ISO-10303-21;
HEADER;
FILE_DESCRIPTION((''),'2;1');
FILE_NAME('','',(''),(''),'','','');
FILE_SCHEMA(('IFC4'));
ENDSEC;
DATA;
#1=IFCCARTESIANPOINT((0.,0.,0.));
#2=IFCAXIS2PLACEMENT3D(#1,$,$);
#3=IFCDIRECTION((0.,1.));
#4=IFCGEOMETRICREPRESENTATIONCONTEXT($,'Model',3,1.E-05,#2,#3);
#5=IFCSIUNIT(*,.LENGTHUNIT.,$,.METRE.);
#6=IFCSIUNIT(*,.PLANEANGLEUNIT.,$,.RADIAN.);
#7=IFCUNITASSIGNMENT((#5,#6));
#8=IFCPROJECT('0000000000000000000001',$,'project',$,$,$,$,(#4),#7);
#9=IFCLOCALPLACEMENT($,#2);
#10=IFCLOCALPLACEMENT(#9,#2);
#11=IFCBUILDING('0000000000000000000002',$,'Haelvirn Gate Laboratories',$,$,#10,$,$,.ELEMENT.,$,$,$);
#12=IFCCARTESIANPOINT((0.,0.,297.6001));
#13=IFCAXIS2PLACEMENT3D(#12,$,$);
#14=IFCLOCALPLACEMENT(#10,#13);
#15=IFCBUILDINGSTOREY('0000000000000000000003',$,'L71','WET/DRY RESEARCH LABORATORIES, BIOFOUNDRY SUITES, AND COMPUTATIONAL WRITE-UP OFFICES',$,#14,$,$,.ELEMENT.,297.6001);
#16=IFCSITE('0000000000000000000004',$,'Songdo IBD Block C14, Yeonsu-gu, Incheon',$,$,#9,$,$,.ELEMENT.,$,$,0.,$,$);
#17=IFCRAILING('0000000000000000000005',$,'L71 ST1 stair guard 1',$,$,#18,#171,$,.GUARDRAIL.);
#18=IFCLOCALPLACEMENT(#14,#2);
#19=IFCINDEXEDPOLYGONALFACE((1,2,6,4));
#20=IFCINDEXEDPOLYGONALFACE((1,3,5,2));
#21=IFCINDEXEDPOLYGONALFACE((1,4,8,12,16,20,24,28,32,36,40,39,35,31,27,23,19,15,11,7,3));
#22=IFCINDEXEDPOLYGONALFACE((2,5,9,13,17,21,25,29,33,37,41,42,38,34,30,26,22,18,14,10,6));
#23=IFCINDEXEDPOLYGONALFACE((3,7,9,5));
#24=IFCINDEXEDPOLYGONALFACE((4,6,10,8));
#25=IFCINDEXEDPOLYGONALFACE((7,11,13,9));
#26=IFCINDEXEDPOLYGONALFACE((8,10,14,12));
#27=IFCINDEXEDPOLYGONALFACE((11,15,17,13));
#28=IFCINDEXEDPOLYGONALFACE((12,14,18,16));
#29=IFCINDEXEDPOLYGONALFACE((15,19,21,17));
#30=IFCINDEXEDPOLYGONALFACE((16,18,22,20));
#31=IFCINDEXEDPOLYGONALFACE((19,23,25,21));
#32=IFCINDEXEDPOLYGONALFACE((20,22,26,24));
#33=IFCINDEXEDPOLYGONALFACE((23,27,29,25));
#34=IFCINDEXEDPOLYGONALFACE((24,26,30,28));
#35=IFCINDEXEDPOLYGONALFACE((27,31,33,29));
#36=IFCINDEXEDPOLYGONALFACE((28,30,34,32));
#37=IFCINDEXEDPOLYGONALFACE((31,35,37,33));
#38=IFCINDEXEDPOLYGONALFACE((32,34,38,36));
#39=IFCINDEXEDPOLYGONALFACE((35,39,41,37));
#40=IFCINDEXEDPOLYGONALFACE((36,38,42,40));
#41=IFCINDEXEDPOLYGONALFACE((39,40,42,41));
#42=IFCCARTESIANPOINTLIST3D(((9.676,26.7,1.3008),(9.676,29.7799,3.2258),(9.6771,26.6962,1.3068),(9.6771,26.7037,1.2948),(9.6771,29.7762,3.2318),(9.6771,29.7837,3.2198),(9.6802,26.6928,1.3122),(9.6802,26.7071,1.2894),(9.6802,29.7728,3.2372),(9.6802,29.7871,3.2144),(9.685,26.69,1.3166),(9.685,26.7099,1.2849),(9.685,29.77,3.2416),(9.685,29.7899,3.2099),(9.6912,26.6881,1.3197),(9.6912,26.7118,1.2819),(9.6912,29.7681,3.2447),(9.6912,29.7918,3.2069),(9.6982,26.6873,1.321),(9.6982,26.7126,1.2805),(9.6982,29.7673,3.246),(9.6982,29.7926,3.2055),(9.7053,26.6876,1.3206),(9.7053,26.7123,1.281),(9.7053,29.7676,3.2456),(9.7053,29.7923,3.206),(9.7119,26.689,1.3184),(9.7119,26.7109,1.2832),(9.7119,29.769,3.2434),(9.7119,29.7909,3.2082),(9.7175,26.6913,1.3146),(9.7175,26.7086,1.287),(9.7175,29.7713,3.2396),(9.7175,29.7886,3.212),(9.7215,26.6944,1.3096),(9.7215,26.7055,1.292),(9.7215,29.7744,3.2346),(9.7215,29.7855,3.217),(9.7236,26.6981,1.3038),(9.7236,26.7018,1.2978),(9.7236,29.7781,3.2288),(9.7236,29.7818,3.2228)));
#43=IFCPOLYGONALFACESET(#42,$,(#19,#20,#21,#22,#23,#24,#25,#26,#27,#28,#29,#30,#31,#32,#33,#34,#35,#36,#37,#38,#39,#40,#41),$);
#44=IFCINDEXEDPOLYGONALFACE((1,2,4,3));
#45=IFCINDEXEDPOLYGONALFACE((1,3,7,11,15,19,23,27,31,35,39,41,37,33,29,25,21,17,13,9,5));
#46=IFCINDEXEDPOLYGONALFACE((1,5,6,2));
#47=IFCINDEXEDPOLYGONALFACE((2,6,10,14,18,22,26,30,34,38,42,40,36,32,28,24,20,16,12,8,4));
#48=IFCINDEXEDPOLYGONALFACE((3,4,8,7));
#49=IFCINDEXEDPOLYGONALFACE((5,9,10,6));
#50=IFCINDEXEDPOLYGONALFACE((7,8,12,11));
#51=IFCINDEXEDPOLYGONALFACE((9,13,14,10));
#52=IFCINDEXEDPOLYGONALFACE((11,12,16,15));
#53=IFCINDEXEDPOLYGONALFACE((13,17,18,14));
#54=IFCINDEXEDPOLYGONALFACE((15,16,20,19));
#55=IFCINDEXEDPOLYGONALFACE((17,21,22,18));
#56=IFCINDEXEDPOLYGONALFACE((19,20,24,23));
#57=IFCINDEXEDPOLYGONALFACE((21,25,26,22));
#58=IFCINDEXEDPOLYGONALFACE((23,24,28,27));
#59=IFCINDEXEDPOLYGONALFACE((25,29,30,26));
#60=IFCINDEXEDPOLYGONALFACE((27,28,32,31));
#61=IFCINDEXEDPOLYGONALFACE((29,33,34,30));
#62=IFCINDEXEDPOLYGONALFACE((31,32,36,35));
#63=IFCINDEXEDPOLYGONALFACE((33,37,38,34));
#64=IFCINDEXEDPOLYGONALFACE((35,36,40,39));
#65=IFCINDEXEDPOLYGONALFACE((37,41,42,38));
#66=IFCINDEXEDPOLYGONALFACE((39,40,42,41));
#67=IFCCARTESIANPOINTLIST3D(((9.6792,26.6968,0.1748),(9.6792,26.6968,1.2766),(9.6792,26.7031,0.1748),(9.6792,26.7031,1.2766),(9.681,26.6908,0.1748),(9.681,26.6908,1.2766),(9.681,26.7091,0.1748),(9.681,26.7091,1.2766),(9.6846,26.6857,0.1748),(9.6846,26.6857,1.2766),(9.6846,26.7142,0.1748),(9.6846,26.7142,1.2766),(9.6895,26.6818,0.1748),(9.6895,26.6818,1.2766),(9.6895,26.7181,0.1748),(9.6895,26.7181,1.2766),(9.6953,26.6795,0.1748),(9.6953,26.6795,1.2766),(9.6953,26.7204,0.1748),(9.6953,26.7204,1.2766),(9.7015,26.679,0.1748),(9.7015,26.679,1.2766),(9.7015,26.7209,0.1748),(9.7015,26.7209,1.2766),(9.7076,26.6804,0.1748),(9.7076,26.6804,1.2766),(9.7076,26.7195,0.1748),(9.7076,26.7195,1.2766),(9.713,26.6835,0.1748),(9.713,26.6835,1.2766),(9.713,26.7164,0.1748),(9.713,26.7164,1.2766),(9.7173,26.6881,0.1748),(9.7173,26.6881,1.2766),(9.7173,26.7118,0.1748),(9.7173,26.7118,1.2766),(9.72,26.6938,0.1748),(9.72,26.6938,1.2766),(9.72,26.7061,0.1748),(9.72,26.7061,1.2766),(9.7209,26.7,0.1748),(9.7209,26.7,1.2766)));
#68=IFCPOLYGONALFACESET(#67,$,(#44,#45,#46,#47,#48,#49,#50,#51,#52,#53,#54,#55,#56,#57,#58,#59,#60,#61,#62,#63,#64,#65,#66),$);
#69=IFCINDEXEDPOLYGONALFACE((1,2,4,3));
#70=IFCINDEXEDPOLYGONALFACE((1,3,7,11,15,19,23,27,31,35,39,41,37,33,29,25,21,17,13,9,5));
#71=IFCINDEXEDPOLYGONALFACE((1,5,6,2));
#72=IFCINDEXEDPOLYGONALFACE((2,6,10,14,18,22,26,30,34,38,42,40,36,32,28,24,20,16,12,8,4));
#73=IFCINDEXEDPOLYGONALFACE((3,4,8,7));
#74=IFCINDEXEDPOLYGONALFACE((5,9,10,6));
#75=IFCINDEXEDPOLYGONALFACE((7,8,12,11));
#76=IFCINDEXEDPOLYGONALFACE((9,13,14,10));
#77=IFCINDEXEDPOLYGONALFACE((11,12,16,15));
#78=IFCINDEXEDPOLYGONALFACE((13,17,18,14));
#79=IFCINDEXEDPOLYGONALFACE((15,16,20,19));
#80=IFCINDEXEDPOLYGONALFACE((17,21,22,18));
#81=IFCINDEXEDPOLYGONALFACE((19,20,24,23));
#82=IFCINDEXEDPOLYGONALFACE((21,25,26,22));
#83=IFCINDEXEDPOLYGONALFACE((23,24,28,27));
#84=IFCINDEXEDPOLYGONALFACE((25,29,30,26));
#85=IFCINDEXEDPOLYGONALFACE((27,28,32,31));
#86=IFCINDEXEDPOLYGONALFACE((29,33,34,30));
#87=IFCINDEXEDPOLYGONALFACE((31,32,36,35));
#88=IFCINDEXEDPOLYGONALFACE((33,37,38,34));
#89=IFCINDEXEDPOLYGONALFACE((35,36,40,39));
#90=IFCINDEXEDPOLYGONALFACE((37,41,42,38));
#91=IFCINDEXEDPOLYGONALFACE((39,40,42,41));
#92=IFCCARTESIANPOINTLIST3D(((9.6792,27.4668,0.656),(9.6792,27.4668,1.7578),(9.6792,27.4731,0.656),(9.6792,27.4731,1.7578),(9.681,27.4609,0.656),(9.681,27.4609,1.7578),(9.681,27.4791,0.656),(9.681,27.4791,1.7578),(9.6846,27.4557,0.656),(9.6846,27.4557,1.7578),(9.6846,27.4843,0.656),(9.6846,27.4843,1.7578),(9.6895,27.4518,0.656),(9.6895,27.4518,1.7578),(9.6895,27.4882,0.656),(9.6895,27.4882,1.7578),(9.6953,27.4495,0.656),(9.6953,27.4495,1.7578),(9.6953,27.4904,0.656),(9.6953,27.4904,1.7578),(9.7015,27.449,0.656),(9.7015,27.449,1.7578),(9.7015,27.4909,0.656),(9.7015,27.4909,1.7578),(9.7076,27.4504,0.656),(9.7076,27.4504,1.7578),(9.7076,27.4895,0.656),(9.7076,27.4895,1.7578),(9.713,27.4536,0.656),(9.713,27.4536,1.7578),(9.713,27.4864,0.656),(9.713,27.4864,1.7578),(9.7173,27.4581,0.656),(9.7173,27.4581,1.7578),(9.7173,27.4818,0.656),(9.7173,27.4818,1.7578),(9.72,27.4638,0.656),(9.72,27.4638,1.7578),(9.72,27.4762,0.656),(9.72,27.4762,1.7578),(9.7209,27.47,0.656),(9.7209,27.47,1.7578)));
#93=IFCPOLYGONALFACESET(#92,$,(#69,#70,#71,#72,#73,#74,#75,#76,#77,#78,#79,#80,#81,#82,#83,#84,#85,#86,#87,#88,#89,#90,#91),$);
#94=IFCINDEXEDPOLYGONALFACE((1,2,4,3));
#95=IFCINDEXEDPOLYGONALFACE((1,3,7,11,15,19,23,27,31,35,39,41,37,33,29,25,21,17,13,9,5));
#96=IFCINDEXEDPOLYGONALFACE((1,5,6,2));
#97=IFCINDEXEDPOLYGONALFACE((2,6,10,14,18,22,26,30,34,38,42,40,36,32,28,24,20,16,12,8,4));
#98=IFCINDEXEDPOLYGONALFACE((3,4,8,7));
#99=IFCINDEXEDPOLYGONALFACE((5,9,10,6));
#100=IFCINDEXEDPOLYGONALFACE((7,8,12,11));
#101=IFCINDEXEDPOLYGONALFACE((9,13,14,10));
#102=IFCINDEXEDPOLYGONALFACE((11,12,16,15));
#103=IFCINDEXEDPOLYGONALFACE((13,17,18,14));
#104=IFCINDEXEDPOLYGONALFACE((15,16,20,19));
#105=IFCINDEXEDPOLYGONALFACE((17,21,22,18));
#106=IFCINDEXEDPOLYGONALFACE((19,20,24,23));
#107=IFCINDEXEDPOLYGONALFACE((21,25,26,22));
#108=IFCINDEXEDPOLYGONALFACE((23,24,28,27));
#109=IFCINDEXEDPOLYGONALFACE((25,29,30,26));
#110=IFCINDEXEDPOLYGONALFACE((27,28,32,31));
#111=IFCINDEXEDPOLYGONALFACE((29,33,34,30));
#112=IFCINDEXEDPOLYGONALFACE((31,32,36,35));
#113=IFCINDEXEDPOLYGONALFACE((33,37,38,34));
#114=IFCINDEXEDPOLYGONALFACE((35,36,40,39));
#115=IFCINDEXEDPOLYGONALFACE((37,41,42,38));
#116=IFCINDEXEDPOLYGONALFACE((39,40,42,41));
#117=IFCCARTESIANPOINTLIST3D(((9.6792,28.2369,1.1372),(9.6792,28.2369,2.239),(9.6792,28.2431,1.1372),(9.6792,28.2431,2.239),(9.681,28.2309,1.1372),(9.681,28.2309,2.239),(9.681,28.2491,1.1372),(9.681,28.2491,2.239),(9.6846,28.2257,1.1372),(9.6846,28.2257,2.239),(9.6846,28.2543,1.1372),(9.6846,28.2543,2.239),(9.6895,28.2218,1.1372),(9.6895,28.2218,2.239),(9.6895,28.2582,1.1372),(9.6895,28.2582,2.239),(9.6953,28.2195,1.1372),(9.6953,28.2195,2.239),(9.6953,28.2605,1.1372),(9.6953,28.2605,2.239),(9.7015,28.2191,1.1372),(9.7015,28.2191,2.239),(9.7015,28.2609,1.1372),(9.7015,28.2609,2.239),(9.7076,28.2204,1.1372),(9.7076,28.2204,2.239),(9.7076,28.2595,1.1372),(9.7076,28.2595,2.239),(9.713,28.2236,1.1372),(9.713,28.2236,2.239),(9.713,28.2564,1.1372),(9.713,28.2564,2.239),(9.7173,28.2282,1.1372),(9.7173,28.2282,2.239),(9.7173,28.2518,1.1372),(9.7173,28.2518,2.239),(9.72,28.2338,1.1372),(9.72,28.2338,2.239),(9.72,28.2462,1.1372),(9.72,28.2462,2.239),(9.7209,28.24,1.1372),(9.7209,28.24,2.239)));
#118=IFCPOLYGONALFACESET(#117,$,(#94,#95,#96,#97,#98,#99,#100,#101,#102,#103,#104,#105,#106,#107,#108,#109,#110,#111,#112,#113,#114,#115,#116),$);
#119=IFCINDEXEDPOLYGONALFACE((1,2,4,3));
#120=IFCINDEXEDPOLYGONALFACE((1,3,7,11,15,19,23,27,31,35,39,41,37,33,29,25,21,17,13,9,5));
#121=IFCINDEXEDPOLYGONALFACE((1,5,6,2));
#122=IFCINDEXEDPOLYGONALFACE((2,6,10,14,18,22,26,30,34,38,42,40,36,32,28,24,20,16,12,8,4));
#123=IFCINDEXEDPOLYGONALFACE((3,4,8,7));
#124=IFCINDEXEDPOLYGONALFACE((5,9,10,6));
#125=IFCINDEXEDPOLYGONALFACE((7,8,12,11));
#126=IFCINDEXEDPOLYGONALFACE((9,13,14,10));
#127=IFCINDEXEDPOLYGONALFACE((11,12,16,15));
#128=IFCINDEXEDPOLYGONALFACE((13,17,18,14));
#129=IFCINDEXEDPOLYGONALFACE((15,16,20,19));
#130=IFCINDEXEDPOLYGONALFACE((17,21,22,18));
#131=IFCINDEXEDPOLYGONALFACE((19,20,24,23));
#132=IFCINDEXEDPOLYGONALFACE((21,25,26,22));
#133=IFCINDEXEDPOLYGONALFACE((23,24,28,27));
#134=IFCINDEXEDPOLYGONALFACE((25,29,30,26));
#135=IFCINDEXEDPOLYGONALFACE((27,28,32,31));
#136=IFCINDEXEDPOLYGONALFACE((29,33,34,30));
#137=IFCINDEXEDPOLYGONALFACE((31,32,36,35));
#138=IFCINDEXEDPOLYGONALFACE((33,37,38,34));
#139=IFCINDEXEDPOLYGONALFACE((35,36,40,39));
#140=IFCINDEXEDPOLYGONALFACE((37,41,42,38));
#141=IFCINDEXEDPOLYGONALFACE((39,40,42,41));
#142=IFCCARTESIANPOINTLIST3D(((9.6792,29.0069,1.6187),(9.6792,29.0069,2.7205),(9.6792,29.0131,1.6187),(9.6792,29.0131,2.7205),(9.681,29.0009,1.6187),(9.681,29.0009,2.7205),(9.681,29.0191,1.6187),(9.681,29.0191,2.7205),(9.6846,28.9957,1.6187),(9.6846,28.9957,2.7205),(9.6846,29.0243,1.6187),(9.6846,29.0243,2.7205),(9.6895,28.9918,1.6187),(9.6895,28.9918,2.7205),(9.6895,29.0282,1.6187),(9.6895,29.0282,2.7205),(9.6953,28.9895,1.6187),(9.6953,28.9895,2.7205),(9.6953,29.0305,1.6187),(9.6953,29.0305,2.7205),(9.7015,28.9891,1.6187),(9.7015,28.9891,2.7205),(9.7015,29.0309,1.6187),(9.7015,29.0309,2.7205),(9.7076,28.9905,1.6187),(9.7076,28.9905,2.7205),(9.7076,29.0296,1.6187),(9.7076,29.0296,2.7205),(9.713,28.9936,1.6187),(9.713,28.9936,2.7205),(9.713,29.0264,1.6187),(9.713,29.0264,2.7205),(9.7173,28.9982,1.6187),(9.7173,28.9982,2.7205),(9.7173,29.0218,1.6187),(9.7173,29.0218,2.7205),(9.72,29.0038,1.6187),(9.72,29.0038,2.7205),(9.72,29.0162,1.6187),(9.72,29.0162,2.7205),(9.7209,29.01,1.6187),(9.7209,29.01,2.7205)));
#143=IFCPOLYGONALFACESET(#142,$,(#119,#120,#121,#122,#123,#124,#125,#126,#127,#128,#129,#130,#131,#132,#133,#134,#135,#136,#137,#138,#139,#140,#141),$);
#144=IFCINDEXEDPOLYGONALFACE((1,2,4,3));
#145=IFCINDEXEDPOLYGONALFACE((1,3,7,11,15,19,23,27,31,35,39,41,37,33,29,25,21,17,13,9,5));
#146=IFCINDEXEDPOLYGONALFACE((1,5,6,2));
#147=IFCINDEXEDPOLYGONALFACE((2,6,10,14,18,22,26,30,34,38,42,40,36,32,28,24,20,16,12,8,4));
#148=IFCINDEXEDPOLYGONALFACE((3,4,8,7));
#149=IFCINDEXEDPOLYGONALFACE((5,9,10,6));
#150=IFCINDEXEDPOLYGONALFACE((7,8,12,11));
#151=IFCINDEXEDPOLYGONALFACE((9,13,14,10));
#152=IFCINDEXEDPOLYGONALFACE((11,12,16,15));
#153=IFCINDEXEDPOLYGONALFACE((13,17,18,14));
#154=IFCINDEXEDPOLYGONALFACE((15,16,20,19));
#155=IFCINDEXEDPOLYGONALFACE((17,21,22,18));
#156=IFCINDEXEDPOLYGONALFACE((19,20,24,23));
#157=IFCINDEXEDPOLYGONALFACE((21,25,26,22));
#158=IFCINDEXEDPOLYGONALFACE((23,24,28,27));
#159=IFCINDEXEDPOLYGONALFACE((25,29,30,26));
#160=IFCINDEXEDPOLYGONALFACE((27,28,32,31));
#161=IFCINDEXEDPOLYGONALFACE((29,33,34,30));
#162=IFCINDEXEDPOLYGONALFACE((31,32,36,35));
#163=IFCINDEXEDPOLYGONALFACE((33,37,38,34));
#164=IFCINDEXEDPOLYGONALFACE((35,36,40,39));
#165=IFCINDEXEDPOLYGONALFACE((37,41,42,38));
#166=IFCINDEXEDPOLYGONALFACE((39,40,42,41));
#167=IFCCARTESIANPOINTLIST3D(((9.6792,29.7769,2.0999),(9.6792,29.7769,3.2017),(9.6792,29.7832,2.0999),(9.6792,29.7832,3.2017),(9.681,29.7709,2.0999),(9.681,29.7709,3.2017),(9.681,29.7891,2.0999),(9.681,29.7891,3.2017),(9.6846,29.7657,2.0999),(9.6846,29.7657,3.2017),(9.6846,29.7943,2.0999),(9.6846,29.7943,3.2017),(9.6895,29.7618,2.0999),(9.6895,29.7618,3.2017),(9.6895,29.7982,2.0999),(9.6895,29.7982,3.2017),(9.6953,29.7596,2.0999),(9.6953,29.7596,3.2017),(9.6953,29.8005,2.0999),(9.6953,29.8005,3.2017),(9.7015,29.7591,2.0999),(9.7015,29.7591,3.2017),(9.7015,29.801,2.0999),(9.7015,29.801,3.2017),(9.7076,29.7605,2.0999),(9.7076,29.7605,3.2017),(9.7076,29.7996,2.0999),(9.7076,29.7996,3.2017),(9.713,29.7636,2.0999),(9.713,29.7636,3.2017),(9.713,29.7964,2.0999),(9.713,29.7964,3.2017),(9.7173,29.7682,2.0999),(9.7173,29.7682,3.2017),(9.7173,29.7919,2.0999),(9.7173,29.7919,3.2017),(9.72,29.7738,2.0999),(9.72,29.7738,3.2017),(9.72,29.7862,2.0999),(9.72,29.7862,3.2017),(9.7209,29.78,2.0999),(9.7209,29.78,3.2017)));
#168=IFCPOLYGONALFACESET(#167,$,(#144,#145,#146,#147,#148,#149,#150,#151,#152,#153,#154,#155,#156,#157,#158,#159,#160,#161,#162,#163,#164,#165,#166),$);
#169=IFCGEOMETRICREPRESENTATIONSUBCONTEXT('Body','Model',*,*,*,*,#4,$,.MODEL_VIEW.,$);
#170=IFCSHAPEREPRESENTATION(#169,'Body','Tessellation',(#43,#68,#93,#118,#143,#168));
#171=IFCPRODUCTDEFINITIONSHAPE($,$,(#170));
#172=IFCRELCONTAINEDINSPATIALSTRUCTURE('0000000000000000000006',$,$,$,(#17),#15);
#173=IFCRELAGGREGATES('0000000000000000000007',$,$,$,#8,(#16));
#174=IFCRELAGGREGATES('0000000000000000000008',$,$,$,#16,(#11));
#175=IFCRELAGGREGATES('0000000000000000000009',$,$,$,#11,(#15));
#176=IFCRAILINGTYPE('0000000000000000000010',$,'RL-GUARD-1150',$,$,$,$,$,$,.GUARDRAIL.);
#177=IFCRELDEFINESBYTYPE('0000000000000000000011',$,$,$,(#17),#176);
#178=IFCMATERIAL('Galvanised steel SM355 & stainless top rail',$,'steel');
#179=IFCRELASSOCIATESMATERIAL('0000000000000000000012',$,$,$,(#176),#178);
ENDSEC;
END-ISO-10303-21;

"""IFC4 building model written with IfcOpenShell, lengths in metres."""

from ifc_helpers import new_model, si_unit, direction, frame, origin, origin_2d, place, context, subcontext, project, spatial, circle, extrude, source, transform, mapped, material, type_object, element, save


model = new_model("IFC4")

# Units and contexts
model_context = context("Model", 3, precision=1e-05, world=origin(), true_north=direction((0.0, 1.0)))
body_context = subcontext(model_context, "Body", "Model", "MODEL_VIEW")
ifc_project = project(units=[si_unit("LENGTHUNIT", "METRE"), si_unit("PLANEANGLEUNIT", "RADIAN")], contexts=[model_context])

# Site, building, storey
site_placement = place(None, origin())
site = spatial("IfcSite", under=ifc_project, at=site_placement, Name="Songdo IBD Block C14, Yeonsu-gu, Incheon", CompositionType="ELEMENT", RefElevation=0.0)
building_placement = place(site_placement, origin())
building = spatial("IfcBuilding", under=site, at=building_placement, Name="Haelvirn Gate Laboratories", CompositionType="ELEMENT")
storey_placement = place(building_placement, frame((0.0, 0.0, 297.6001)))
storey = spatial("IfcBuildingStorey", under=building, at=storey_placement, Name="L71", Description="WET/DRY RESEARCH LABORATORIES, BIOFOUNDRY SUITES, AND COMPUTATIONAL WRITE-UP OFFICES", CompositionType="ELEMENT", Elevation=297.6001)

# Railing
ifc_material_1 = material(Name="Galvanised steel SM355 & stainless top rail", Category="steel")
railing_type_1 = type_object("IfcRailingType", Name="RL-GUARD-1150", PredefinedType="GUARDRAIL", material=ifc_material_1)
shared_shape_1 = source(origin(), body_context, "Body", "SweptSolid", [
    extrude(circle(Radius=0.0239, at=origin_2d()), frame((0.0, 0.0, 1.126), z_axis=(0.0, 0.847998, 0.529999), x_axis=(-1.0, 0.0, 0.0)), (0.0, 0.0, 1.0), 3.6321),
    extrude(circle(Radius=0.021, at=origin_2d()), origin(), (0.0, 0.0, 1.0), 1.1018),
    extrude(circle(Radius=0.021, at=origin_2d()), frame((0.0, 0.77, 0.4812)), (0.0, 0.0, 1.0), 1.1018),
    extrude(circle(Radius=0.021, at=origin_2d()), frame((0.0, 1.54, 0.9624)), (0.0, 0.0, 1.0), 1.1018),
    extrude(circle(Radius=0.021, at=origin_2d()), frame((0.0, 2.3101, 1.4438)), (0.0, 0.0, 1.0), 1.1018),
    extrude(circle(Radius=0.021, at=origin_2d()), frame((0.0, 3.0801, 1.925)), (0.0, 0.0, 1.0), 1.1018),
])
railing_1_placement = place(storey_placement, frame((9.7, 26.7, 0.1748)))
element("IfcRailing", 1, at=railing_1_placement, inside=storey, type_object=railing_type_1, Name="L71 ST1 stair guard 1", PredefinedType="GUARDRAIL", context=body_context, shape_type="MappedRepresentation", body=[
    mapped(shared_shape_1, transform((0.0, 0.0, 0.0), scale=1.0)),
])

save(model, "model.ifc")
